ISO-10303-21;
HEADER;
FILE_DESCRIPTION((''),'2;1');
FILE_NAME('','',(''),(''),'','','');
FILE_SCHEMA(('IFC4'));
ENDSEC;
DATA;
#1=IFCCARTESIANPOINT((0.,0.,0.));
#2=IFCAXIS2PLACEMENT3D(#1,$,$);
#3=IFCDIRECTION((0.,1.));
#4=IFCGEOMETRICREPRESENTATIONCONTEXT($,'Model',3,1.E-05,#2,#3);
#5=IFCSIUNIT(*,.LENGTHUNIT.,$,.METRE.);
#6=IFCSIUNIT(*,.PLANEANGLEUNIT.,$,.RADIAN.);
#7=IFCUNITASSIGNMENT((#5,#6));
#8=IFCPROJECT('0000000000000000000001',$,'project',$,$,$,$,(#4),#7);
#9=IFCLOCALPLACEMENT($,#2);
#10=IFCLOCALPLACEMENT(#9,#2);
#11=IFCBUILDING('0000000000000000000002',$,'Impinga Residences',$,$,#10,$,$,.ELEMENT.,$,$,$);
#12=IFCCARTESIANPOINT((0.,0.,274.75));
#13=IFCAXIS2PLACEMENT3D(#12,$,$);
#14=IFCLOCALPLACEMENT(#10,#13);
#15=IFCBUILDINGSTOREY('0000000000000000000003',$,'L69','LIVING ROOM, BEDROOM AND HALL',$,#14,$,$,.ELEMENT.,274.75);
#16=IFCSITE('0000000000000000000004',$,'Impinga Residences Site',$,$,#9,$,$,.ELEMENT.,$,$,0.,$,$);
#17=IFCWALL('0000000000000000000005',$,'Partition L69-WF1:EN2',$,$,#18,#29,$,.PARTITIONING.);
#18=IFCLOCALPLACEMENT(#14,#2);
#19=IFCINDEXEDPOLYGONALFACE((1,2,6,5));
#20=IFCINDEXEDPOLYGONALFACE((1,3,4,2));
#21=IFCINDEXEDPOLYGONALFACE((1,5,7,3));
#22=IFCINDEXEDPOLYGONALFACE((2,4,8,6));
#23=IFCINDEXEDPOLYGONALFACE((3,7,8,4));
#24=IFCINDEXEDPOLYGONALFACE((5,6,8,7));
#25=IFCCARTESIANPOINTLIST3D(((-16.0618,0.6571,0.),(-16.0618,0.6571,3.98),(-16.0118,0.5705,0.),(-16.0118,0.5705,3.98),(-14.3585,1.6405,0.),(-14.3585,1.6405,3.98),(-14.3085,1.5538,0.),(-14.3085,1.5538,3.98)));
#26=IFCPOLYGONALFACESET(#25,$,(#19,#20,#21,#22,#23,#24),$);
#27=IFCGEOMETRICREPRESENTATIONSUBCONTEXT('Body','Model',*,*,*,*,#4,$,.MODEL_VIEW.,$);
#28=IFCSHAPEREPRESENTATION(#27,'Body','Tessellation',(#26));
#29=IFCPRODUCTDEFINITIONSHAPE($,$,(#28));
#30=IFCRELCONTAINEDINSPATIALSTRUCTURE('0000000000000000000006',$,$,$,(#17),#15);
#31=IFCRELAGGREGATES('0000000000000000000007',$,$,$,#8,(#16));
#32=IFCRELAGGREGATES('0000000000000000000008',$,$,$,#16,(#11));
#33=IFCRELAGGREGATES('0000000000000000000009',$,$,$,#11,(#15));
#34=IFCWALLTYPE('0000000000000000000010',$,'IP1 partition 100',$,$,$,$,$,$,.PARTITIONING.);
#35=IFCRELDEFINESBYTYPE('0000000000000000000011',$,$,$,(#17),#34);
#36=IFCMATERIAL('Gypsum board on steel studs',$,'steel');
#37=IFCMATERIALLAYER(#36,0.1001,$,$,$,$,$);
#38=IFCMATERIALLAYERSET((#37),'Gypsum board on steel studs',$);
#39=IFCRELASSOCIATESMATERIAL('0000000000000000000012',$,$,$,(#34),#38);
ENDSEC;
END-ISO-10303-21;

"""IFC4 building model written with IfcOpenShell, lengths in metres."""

from ifc_helpers import new_model, si_unit, direction, frame, frame_2d, origin, place, context, subcontext, project, spatial, rectangle, extrude, material, layer, layer_set, type_object, element, save


model = new_model("IFC4")

# Units and contexts
model_context = context("Model", 3, precision=1e-05, world=origin(), true_north=direction((0.0, 1.0)))
body_context = subcontext(model_context, "Body", "Model", "MODEL_VIEW")
ifc_project = project(units=[si_unit("LENGTHUNIT", "METRE"), si_unit("PLANEANGLEUNIT", "RADIAN")], contexts=[model_context])

# Site, building, storey
site_placement = place(None, origin())
site = spatial("IfcSite", under=ifc_project, at=site_placement, Name="Impinga Residences Site", CompositionType="ELEMENT", RefElevation=0.0)
building_placement = place(site_placement, origin())
building = spatial("IfcBuilding", under=site, at=building_placement, Name="Impinga Residences", CompositionType="ELEMENT")
storey_placement = place(building_placement, frame((0.0, 0.0, 274.75)))
storey = spatial("IfcBuildingStorey", under=building, at=storey_placement, Name="L69", Description="LIVING ROOM, BEDROOM AND HALL", CompositionType="ELEMENT", Elevation=274.75)

# Wall
ifc_material_1 = material(Name="Gypsum board on steel studs", Category="steel")
ifc_layer_1 = layer(ifc_material_1, 0.1001)
ifc_layer_set_1 = layer_set([ifc_layer_1], Name="Gypsum board on steel studs")
wall_type_1 = type_object("IfcWallType", Name="IP1 partition 100", PredefinedType="PARTITIONING", material=ifc_layer_set_1)
wall_placement = place(storey_placement, frame((-14.3335, 1.5972, 0.0), z_axis=(0.0, 0.0, 1.0), x_axis=(-0.866035, -0.499984, 0.0)))
element("IfcWall", 1, at=wall_placement, inside=storey, type_object=wall_type_1, Name="Partition L69-WF1:EN2", PredefinedType="PARTITIONING", context=body_context, shape_type="SweptSolid", body=[
    extrude(rectangle(XDim=1.9668, YDim=0.1001, at=frame_2d((0.9834, 0.0))), origin(), (0.0, 0.0, 1.0), 3.98),
])

save(model, "model.ifc")
